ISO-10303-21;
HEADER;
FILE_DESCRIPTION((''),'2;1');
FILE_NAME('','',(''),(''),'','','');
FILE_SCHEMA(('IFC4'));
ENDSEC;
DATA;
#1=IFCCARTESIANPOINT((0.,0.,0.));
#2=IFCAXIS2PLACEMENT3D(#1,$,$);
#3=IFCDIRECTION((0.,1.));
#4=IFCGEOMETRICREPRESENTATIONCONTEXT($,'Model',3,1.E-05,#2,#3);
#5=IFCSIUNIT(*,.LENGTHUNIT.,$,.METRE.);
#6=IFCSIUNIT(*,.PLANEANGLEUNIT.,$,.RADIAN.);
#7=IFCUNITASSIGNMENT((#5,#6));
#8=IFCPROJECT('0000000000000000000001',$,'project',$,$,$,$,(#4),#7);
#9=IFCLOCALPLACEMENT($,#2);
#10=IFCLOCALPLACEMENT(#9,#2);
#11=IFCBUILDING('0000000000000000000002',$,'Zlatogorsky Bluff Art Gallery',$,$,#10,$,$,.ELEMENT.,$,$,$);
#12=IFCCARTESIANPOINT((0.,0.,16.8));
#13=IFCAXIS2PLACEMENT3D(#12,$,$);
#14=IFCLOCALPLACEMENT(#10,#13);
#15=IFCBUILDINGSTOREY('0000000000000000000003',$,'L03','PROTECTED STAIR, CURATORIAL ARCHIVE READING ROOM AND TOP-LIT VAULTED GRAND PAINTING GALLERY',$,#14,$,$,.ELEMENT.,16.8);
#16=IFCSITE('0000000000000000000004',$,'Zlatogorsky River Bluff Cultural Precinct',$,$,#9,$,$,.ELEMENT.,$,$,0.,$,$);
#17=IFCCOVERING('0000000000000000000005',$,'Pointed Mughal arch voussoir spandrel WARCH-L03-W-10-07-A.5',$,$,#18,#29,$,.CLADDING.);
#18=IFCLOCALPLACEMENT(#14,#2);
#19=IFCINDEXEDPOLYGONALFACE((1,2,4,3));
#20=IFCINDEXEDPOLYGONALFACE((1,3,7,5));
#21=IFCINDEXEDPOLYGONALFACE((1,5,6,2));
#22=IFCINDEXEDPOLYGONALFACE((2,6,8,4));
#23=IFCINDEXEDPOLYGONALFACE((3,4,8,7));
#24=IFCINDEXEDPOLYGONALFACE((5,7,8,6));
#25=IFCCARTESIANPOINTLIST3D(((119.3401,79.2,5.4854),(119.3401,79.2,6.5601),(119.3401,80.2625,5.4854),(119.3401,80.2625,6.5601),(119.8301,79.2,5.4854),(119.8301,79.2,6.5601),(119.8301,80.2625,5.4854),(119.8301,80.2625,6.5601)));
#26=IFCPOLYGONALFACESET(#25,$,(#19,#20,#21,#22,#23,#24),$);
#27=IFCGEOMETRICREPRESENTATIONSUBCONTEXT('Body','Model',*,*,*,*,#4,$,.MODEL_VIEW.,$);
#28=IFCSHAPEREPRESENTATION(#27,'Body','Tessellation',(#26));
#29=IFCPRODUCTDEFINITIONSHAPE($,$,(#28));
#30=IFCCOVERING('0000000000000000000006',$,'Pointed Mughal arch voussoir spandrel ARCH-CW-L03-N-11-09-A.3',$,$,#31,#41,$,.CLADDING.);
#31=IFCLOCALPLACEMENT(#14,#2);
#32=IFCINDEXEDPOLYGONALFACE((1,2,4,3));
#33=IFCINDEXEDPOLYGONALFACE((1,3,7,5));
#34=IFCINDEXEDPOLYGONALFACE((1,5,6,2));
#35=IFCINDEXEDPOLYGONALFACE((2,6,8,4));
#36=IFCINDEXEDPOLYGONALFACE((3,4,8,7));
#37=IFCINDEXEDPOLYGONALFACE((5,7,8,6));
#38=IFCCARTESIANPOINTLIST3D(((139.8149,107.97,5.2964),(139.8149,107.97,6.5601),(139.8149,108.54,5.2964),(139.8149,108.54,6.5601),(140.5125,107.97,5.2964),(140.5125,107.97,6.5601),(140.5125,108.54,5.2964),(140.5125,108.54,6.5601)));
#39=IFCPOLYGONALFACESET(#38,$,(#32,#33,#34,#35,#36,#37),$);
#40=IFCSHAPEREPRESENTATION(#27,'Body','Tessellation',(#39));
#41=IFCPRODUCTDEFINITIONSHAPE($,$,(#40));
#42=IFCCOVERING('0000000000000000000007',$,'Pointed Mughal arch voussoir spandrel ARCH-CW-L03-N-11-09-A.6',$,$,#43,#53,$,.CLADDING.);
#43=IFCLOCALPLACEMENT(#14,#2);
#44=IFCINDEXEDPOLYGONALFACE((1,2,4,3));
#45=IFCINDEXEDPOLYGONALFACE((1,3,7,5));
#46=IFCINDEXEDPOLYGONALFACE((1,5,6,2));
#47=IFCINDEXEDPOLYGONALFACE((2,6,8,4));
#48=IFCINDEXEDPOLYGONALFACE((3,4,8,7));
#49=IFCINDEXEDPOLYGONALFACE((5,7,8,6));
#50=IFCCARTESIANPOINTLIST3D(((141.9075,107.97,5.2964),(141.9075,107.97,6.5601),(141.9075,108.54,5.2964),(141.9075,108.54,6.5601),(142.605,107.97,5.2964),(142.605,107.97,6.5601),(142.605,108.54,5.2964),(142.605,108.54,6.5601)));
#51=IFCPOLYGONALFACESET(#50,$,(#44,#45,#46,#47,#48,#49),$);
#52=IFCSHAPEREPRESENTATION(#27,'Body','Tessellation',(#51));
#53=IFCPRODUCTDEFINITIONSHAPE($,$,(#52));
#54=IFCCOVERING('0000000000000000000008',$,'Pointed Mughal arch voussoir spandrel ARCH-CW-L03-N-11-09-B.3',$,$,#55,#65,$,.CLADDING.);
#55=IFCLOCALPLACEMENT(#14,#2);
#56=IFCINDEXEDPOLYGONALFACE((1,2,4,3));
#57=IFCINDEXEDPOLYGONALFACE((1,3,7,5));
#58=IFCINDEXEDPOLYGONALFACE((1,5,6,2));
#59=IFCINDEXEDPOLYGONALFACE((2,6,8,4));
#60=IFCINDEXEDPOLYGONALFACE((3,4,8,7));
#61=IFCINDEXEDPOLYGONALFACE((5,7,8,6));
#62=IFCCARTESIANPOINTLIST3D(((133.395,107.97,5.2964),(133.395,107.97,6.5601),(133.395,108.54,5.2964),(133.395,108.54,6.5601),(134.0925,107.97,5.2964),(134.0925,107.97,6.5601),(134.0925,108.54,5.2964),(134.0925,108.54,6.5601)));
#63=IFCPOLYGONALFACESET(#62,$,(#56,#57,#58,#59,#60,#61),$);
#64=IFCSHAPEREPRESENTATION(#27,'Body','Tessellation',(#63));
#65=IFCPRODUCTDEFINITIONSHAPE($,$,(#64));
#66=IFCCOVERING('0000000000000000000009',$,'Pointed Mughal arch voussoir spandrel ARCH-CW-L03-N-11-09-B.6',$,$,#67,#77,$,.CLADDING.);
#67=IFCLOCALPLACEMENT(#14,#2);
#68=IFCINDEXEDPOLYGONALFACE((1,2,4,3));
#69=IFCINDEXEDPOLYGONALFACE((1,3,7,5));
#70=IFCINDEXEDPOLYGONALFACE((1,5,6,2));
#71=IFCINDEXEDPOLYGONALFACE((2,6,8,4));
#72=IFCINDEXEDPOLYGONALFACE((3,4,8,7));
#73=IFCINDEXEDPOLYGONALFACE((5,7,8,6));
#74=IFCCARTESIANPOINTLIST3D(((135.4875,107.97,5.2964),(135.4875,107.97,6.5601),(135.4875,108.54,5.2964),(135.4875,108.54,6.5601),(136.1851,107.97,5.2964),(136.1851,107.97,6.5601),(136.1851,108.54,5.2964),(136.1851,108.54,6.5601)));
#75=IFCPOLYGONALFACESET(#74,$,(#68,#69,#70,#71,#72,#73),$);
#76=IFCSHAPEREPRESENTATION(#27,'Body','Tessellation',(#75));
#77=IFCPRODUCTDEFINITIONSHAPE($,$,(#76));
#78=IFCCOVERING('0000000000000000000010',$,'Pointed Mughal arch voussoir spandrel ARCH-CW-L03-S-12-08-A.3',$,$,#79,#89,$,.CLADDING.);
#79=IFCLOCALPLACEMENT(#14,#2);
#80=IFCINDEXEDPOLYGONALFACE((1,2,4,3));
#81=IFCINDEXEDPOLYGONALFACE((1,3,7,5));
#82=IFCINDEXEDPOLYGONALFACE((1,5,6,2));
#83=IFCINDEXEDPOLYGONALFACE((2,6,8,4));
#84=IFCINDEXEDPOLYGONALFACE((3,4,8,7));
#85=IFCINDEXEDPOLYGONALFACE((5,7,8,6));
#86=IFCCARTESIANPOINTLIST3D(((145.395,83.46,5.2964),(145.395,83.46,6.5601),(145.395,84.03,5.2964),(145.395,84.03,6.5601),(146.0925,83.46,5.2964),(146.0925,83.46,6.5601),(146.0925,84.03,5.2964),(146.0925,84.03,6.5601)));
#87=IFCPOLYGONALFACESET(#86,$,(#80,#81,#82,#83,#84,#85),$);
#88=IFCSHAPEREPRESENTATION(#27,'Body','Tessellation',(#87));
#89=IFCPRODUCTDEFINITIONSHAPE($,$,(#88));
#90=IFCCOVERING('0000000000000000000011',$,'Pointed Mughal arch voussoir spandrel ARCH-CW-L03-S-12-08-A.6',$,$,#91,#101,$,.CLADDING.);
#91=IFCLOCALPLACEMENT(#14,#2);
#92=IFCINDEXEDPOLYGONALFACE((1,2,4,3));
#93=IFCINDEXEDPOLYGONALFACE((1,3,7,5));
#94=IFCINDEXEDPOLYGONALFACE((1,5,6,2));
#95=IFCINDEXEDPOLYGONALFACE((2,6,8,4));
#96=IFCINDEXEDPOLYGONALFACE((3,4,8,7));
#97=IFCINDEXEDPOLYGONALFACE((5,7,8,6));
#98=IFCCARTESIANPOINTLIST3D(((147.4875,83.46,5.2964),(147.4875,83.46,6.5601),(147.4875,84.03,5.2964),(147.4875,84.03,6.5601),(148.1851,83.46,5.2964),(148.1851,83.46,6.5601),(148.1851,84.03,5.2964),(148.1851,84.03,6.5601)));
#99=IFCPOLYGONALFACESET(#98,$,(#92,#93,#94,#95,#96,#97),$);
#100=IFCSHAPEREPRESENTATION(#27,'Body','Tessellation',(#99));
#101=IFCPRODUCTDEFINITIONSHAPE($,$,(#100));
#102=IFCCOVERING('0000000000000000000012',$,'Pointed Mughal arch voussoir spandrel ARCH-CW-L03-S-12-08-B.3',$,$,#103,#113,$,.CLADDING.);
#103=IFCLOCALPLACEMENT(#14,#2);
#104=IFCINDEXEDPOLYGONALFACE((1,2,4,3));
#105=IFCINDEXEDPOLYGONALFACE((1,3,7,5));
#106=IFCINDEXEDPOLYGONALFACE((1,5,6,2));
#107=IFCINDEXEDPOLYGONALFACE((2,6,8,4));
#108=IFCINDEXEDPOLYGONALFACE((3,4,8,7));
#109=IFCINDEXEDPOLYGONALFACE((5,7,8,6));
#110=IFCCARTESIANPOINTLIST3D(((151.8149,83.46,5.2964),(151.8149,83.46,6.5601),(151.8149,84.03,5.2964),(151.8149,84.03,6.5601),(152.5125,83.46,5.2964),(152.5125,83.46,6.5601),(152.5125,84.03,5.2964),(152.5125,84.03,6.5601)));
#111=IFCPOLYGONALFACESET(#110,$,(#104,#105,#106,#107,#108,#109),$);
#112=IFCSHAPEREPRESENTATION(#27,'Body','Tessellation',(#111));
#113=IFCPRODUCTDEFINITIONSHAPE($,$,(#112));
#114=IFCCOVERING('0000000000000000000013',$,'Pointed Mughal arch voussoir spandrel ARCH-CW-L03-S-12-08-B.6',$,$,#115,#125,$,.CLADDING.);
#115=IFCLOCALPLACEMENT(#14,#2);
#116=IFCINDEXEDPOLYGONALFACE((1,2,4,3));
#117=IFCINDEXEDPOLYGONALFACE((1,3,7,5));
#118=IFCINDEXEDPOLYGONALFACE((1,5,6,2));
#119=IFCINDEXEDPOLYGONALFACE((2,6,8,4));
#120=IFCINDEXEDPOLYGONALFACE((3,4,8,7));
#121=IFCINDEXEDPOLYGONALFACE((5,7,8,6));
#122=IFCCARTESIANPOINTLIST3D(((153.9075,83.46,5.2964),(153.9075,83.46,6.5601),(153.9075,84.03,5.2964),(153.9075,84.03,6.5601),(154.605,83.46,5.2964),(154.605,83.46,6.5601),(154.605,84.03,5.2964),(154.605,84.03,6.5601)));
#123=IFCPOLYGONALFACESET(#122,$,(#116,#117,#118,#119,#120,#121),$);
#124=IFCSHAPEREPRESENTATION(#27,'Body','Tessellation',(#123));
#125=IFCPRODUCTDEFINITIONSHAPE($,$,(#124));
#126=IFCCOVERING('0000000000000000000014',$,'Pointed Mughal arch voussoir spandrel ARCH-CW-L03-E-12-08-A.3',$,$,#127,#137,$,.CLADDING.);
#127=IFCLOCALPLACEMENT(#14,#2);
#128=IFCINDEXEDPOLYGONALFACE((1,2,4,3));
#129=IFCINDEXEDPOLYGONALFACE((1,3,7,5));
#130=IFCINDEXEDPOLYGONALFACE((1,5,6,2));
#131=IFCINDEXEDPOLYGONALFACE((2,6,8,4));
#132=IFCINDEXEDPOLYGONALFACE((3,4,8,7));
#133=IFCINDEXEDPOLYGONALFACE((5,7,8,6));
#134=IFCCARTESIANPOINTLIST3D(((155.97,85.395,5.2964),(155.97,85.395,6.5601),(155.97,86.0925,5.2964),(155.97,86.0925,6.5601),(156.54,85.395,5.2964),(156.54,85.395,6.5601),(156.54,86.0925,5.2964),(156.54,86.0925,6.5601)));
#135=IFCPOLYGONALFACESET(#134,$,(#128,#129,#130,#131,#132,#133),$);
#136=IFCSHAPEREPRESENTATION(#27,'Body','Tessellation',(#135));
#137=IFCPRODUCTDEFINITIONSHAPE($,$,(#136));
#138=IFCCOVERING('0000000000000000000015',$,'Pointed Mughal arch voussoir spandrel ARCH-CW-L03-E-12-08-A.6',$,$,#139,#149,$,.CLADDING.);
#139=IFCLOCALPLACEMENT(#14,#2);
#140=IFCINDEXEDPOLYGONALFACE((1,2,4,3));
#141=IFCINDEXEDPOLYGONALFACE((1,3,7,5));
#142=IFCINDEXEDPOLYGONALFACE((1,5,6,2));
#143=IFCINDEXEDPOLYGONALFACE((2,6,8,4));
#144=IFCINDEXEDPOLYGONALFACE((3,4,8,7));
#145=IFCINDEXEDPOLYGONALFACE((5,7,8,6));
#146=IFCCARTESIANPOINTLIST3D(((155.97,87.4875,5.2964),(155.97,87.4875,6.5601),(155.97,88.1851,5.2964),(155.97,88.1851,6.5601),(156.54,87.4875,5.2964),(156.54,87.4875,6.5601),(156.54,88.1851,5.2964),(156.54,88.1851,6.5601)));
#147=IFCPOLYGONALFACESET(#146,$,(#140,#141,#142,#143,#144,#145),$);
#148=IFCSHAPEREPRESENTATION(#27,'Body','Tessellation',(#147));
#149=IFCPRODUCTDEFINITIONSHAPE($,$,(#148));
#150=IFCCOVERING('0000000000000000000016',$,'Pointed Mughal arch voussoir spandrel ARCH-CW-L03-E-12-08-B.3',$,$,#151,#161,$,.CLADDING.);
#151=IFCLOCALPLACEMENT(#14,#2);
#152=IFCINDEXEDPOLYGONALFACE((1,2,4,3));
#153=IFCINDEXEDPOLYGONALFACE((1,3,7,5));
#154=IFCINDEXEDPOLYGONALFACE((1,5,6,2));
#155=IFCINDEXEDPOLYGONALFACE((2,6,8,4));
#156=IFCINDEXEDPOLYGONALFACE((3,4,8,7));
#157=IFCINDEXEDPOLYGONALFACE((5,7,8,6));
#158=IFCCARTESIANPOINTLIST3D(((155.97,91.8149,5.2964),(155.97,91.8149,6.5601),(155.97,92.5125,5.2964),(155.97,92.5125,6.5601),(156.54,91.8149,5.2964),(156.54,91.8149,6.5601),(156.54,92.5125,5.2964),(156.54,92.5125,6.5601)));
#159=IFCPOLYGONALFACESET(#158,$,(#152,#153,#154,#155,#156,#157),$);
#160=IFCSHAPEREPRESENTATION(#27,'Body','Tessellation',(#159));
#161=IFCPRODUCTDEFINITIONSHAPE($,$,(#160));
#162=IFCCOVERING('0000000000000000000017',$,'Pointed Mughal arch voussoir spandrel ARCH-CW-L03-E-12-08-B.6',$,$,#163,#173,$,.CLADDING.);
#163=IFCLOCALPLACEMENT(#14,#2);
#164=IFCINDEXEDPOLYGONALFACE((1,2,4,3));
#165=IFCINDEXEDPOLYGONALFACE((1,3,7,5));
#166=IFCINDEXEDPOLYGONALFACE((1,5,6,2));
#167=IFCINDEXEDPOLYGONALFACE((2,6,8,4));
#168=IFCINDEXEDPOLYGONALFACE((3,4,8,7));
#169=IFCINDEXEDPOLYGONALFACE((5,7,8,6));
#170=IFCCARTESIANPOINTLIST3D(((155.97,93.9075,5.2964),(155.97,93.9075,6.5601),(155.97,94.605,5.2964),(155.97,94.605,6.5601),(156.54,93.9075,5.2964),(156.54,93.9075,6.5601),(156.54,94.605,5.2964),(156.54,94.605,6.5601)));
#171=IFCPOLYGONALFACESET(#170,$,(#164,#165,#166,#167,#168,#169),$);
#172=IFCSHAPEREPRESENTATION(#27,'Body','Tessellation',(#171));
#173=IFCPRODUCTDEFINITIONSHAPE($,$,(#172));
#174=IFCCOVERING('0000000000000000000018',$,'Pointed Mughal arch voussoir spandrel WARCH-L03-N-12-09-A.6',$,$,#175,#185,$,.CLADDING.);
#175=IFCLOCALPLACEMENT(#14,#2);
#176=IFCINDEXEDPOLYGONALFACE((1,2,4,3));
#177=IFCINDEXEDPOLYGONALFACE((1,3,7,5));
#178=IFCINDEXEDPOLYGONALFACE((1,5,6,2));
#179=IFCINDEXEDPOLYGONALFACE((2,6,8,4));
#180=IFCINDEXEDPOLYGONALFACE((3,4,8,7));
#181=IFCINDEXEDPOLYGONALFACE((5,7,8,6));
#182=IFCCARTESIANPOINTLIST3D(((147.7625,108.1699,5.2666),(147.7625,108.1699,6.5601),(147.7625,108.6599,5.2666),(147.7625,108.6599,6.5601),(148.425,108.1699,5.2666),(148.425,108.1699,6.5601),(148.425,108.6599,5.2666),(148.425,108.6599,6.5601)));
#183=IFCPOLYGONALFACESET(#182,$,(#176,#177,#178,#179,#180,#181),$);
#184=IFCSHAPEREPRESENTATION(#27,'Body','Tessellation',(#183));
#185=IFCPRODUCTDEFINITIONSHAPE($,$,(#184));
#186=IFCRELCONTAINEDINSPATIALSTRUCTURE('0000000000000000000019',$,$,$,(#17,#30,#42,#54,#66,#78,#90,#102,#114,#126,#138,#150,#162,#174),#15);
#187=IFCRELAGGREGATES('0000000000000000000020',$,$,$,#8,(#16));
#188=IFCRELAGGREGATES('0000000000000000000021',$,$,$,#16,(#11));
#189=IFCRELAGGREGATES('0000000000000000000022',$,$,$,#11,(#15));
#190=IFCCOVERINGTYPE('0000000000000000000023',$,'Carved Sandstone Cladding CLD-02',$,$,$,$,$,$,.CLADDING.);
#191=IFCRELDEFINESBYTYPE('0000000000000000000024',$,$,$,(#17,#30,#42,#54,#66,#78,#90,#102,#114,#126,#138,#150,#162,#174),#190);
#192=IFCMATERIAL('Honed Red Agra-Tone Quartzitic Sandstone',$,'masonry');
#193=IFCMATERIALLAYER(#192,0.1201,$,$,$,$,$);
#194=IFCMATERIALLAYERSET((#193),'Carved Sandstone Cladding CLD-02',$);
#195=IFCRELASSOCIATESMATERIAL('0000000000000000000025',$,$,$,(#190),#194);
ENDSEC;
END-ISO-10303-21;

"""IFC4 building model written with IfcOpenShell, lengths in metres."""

from ifc_helpers import new_model, si_unit, direction, frame, origin, place, context, subcontext, project, spatial, polyline, outline, extrude, material, layer, layer_set, type_object, element, save


model = new_model("IFC4")

# Units and contexts
model_context = context("Model", 3, precision=1e-05, world=origin(), true_north=direction((0.0, 1.0)))
body_context = subcontext(model_context, "Body", "Model", "MODEL_VIEW")
ifc_project = project(units=[si_unit("LENGTHUNIT", "METRE"), si_unit("PLANEANGLEUNIT", "RADIAN")], contexts=[model_context])

# Site, building, storey
site_placement = place(None, origin())
site = spatial("IfcSite", under=ifc_project, at=site_placement, Name="Zlatogorsky River Bluff Cultural Precinct", CompositionType="ELEMENT", RefElevation=0.0)
building_placement = place(site_placement, origin())
building = spatial("IfcBuilding", under=site, at=building_placement, Name="Zlatogorsky Bluff Art Gallery", CompositionType="ELEMENT")
storey_placement = place(building_placement, frame((0.0, 0.0, 16.8)))
storey = spatial("IfcBuildingStorey", under=building, at=storey_placement, Name="L03", Description="PROTECTED STAIR, CURATORIAL ARCHIVE READING ROOM AND TOP-LIT VAULTED GRAND PAINTING GALLERY", CompositionType="ELEMENT", Elevation=16.8)

# Coverings
ifc_material = material(Name="Honed Red Agra-Tone Quartzitic Sandstone", Category="masonry")
ifc_layer = layer(ifc_material, 0.1201)
ifc_layer_set = layer_set([ifc_layer], Name="Carved Sandstone Cladding CLD-02")
covering_type = type_object("IfcCoveringType", Name="Carved Sandstone Cladding CLD-02", PredefinedType="CLADDING", material=ifc_layer_set)
covering_1_placement = place(storey_placement, frame((0.0, 0.0, 5.4854)))
element("IfcCovering", 1, at=covering_1_placement, inside=storey, type_object=covering_type, Name="Pointed Mughal arch voussoir spandrel WARCH-L03-W-10-07-A.5", PredefinedType="CLADDING", context=body_context, shape_type="SweptSolid", body=[
    extrude(outline(polyline([(119.3401, 79.2), (119.3401, 80.2625), (119.8301, 80.2625), (119.8301, 79.2), (119.3401, 79.2)])), origin(), (0.0, 0.0, 1.0), 1.0747),
])
covering_2_placement = place(storey_placement, frame((0.0, 0.0, 5.2964)))
element("IfcCovering", 2, at=covering_2_placement, inside=storey, type_object=covering_type, Name="Pointed Mughal arch voussoir spandrel ARCH-CW-L03-N-11-09-A.3", PredefinedType="CLADDING", context=body_context, shape_type="SweptSolid", body=[
    extrude(outline(polyline([(139.8149, 107.97), (140.5125, 107.97), (140.5125, 108.54), (139.8149, 108.54), (139.8149, 107.97)])), origin(), (0.0, 0.0, 1.0), 1.2637),
])
covering_3_placement = place(storey_placement, frame((0.0, 0.0, 5.2964)))
element("IfcCovering", 3, at=covering_3_placement, inside=storey, type_object=covering_type, Name="Pointed Mughal arch voussoir spandrel ARCH-CW-L03-N-11-09-A.6", PredefinedType="CLADDING", context=body_context, shape_type="SweptSolid", body=[
    extrude(outline(polyline([(141.9075, 107.97), (142.605, 107.97), (142.605, 108.54), (141.9075, 108.54), (141.9075, 107.97)])), origin(), (0.0, 0.0, 1.0), 1.2637),
])
covering_4_placement = place(storey_placement, frame((0.0, 0.0, 5.2964)))
element("IfcCovering", 4, at=covering_4_placement, inside=storey, type_object=covering_type, Name="Pointed Mughal arch voussoir spandrel ARCH-CW-L03-N-11-09-B.3", PredefinedType="CLADDING", context=body_context, shape_type="SweptSolid", body=[
    extrude(outline(polyline([(133.395, 107.97), (134.0925, 107.97), (134.0925, 108.54), (133.395, 108.54), (133.395, 107.97)])), origin(), (0.0, 0.0, 1.0), 1.2637),
])
covering_5_placement = place(storey_placement, frame((0.0, 0.0, 5.2964)))
element("IfcCovering", 5, at=covering_5_placement, inside=storey, type_object=covering_type, Name="Pointed Mughal arch voussoir spandrel ARCH-CW-L03-N-11-09-B.6", PredefinedType="CLADDING", context=body_context, shape_type="SweptSolid", body=[
    extrude(outline(polyline([(135.4875, 107.97), (136.1851, 107.97), (136.1851, 108.54), (135.4875, 108.54), (135.4875, 107.97)])), origin(), (0.0, 0.0, 1.0), 1.2637),
])
covering_6_placement = place(storey_placement, frame((0.0, 0.0, 5.2964)))
element("IfcCovering", 6, at=covering_6_placement, inside=storey, type_object=covering_type, Name="Pointed Mughal arch voussoir spandrel ARCH-CW-L03-S-12-08-A.3", PredefinedType="CLADDING", context=body_context, shape_type="SweptSolid", body=[
    extrude(outline(polyline([(145.395, 83.46), (146.0925, 83.46), (146.0925, 84.03), (145.395, 84.03), (145.395, 83.46)])), origin(), (0.0, 0.0, 1.0), 1.2637),
])
covering_7_placement = place(storey_placement, frame((0.0, 0.0, 5.2964)))
element("IfcCovering", 7, at=covering_7_placement, inside=storey, type_object=covering_type, Name="Pointed Mughal arch voussoir spandrel ARCH-CW-L03-S-12-08-A.6", PredefinedType="CLADDING", context=body_context, shape_type="SweptSolid", body=[
    extrude(outline(polyline([(147.4875, 83.46), (148.1851, 83.46), (148.1851, 84.03), (147.4875, 84.03), (147.4875, 83.46)])), origin(), (0.0, 0.0, 1.0), 1.2637),
])
covering_8_placement = place(storey_placement, frame((0.0, 0.0, 5.2964)))
element("IfcCovering", 8, at=covering_8_placement, inside=storey, type_object=covering_type, Name="Pointed Mughal arch voussoir spandrel ARCH-CW-L03-S-12-08-B.3", PredefinedType="CLADDING", context=body_context, shape_type="SweptSolid", body=[
    extrude(outline(polyline([(151.8149, 83.46), (152.5125, 83.46), (152.5125, 84.03), (151.8149, 84.03), (151.8149, 83.46)])), origin(), (0.0, 0.0, 1.0), 1.2637),
])
covering_9_placement = place(storey_placement, frame((0.0, 0.0, 5.2964)))
element("IfcCovering", 9, at=covering_9_placement, inside=storey, type_object=covering_type, Name="Pointed Mughal arch voussoir spandrel ARCH-CW-L03-S-12-08-B.6", PredefinedType="CLADDING", context=body_context, shape_type="SweptSolid", body=[
    extrude(outline(polyline([(153.9075, 83.46), (154.605, 83.46), (154.605, 84.03), (153.9075, 84.03), (153.9075, 83.46)])), origin(), (0.0, 0.0, 1.0), 1.2637),
])
covering_10_placement = place(storey_placement, frame((0.0, 0.0, 5.2964)))
element("IfcCovering", 10, at=covering_10_placement, inside=storey, type_object=covering_type, Name="Pointed Mughal arch voussoir spandrel ARCH-CW-L03-E-12-08-A.3", PredefinedType="CLADDING", context=body_context, shape_type="SweptSolid", body=[
    extrude(outline(polyline([(155.97, 85.395), (155.97, 86.0925), (156.54, 86.0925), (156.54, 85.395), (155.97, 85.395)])), origin(), (0.0, 0.0, 1.0), 1.2637),
])
covering_11_placement = place(storey_placement, frame((0.0, 0.0, 5.2964)))
element("IfcCovering", 11, at=covering_11_placement, inside=storey, type_object=covering_type, Name="Pointed Mughal arch voussoir spandrel ARCH-CW-L03-E-12-08-A.6", PredefinedType="CLADDING", context=body_context, shape_type="SweptSolid", body=[
    extrude(outline(polyline([(155.97, 87.4875), (155.97, 88.1851), (156.54, 88.1851), (156.54, 87.4875), (155.97, 87.4875)])), origin(), (0.0, 0.0, 1.0), 1.2637),
])
covering_12_placement = place(storey_placement, frame((0.0, 0.0, 5.2964)))
element("IfcCovering", 12, at=covering_12_placement, inside=storey, type_object=covering_type, Name="Pointed Mughal arch voussoir spandrel ARCH-CW-L03-E-12-08-B.3", PredefinedType="CLADDING", context=body_context, shape_type="SweptSolid", body=[
    extrude(outline(polyline([(155.97, 91.8149), (155.97, 92.5125), (156.54, 92.5125), (156.54, 91.8149), (155.97, 91.8149)])), origin(), (0.0, 0.0, 1.0), 1.2637),
])
covering_13_placement = place(storey_placement, frame((0.0, 0.0, 5.2964)))
element("IfcCovering", 13, at=covering_13_placement, inside=storey, type_object=covering_type, Name="Pointed Mughal arch voussoir spandrel ARCH-CW-L03-E-12-08-B.6", PredefinedType="CLADDING", context=body_context, shape_type="SweptSolid", body=[
    extrude(outline(polyline([(155.97, 93.9075), (155.97, 94.605), (156.54, 94.605), (156.54, 93.9075), (155.97, 93.9075)])), origin(), (0.0, 0.0, 1.0), 1.2637),
])
covering_14_placement = place(storey_placement, frame((0.0, 0.0, 5.2666)))
element("IfcCovering", 14, at=covering_14_placement, inside=storey, type_object=covering_type, Name="Pointed Mughal arch voussoir spandrel WARCH-L03-N-12-09-A.6", PredefinedType="CLADDING", context=body_context, shape_type="SweptSolid", body=[
    extrude(outline(polyline([(147.7625, 108.1699), (148.425, 108.1699), (148.425, 108.6599), (147.7625, 108.6599), (147.7625, 108.1699)])), origin(), (0.0, 0.0, 1.0), 1.2935),
])

save(model, "model.ifc")
